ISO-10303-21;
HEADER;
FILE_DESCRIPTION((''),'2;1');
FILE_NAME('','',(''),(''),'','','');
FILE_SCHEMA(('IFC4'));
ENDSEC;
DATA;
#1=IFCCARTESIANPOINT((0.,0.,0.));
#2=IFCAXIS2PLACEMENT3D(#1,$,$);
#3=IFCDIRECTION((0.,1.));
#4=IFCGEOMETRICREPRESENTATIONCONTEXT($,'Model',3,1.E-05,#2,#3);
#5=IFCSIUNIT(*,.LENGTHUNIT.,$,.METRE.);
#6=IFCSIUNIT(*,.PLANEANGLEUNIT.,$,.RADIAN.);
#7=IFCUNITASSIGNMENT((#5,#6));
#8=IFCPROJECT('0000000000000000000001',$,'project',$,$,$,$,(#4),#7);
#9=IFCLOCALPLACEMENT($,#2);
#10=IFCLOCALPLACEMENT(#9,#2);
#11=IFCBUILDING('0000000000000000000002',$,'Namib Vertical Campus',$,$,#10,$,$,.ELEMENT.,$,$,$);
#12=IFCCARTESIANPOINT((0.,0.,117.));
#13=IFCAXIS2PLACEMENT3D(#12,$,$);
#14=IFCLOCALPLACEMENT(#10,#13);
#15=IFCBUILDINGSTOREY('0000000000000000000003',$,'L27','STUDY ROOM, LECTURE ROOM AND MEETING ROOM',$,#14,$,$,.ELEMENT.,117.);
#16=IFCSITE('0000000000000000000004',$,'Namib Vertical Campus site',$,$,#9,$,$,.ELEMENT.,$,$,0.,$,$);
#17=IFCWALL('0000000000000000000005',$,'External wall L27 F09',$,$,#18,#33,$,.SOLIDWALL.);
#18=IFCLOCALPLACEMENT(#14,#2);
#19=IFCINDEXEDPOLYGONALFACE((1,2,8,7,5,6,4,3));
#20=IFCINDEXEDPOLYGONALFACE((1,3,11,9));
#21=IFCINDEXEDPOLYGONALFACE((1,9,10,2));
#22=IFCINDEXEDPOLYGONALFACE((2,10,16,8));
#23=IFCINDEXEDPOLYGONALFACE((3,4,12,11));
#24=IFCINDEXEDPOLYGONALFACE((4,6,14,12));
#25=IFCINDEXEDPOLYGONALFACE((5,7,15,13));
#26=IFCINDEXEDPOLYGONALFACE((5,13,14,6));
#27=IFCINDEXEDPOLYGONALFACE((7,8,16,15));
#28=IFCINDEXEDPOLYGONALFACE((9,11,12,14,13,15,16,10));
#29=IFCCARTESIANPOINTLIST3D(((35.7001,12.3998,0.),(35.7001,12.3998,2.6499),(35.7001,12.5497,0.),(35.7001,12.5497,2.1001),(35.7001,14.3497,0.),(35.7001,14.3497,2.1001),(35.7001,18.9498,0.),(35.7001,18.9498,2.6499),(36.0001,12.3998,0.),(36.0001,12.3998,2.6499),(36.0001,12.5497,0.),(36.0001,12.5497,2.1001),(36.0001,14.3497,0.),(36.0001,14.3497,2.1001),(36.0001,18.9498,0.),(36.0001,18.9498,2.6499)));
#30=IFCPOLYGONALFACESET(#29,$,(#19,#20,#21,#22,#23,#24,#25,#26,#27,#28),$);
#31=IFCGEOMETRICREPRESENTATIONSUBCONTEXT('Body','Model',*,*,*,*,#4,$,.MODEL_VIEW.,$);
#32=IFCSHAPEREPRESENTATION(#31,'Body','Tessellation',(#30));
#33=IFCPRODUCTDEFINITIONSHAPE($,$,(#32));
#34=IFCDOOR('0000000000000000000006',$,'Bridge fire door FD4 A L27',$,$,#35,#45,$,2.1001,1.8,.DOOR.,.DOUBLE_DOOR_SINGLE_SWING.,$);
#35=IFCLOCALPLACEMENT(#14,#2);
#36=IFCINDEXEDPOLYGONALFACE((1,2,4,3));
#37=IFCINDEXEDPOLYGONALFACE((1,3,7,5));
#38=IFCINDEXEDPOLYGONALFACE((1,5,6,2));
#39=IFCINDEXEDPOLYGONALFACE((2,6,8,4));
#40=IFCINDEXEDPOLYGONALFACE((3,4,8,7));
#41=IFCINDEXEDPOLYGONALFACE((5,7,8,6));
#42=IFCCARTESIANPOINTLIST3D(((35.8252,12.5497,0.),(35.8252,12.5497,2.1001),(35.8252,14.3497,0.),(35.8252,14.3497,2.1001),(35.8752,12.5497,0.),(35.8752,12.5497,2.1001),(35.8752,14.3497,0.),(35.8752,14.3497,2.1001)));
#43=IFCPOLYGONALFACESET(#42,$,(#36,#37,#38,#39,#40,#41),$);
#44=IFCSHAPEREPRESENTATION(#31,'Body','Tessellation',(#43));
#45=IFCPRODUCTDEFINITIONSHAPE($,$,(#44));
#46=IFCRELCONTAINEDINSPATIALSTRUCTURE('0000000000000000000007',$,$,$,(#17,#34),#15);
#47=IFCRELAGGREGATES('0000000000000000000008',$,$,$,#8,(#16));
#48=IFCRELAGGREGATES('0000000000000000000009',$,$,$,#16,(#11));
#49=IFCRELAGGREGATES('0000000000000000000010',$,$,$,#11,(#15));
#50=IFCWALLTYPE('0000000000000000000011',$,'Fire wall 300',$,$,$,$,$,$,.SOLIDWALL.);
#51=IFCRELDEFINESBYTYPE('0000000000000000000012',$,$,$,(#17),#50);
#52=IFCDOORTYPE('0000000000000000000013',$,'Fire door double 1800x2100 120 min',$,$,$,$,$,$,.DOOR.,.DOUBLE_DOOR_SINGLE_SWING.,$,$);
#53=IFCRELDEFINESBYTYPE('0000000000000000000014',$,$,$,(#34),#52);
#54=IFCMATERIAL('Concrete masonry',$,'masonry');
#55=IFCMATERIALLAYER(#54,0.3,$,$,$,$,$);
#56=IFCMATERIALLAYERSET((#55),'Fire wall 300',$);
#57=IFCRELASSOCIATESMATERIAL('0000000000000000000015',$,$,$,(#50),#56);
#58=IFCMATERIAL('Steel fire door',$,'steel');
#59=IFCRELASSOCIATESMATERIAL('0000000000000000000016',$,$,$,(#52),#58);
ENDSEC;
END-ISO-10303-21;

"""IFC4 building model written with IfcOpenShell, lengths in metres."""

from ifc_helpers import new_model, si_unit, direction, frame, frame_2d, origin, place, context, subcontext, project, spatial, rectangle, extrude, material, layer, layer_set, type_object, element, fill, save


model = new_model("IFC4")

# Units and contexts
model_context = context("Model", 3, precision=1e-05, world=origin(), true_north=direction((0.0, 1.0)))
body_context = subcontext(model_context, "Body", "Model", "MODEL_VIEW")
ifc_project = project(units=[si_unit("LENGTHUNIT", "METRE"), si_unit("PLANEANGLEUNIT", "RADIAN")], contexts=[model_context])

# Site, building, storey
site_placement = place(None, origin())
site = spatial("IfcSite", under=ifc_project, at=site_placement, Name="Namib Vertical Campus site", CompositionType="ELEMENT", RefElevation=0.0)
building_placement = place(site_placement, origin())
building = spatial("IfcBuilding", under=site, at=building_placement, Name="Namib Vertical Campus", CompositionType="ELEMENT")
storey_placement = place(building_placement, frame((0.0, 0.0, 117.0)))
storey = spatial("IfcBuildingStorey", under=building, at=storey_placement, Name="L27", Description="STUDY ROOM, LECTURE ROOM AND MEETING ROOM", CompositionType="ELEMENT", Elevation=117.0)

# Wall, opening, door
ifc_material_1 = material(Name="Concrete masonry", Category="masonry")
ifc_layer_1 = layer(ifc_material_1, 0.3)
ifc_layer_set_1 = layer_set([ifc_layer_1], Name="Fire wall 300")
wall_type_1 = type_object("IfcWallType", Name="Fire wall 300", PredefinedType="SOLIDWALL", material=ifc_layer_set_1)
wall_1_placement = place(storey_placement, frame((35.8501, 12.3999, 0.0), z_axis=(0.0, 0.0, 1.0), x_axis=(0.0, 1.0, 0.0)))
wall_1 = element("IfcWall", 1, at=wall_1_placement, inside=storey, type_object=wall_type_1, Name="External wall L27 F09", PredefinedType="SOLIDWALL", context=body_context, shape_type="SweptSolid", body=[
    extrude(rectangle(XDim=6.55, YDim=0.3, at=frame_2d((3.2749, 0.0))), origin(), (0.0, 0.0, 1.0), 2.6499),
])
opening_1_placement = place(wall_1_placement, frame((0.1499, 0.0, 0.0)))
opening_1 = element("IfcOpeningElement", 2, at=opening_1_placement, cuts=wall_1, PredefinedType="OPENING", context=body_context, shape_type="SweptSolid", body=[
    extrude(rectangle(XDim=1.8, YDim=2.1001, at=frame_2d((0.8999, 1.05))), frame((0.0, 0.1599, 0.0), z_axis=(0.0, -1.0, 0.0), x_axis=(1.0, 0.0, 0.0)), (0.0, 0.0, 1.0), 0.3201),
])
ifc_material_2 = material(Name="Steel fire door", Category="steel")
door_type_1 = type_object("IfcDoorType", Name="Fire door double 1800x2100 120 min", OperationType="DOUBLE_DOOR_SINGLE_SWING", PredefinedType="DOOR", material=ifc_material_2)
door_1_placement = place(opening_1_placement, origin())
door_1 = element("IfcDoor", 3, at=door_1_placement, inside=storey, type_object=door_type_1, Name="Bridge fire door FD4 A L27", OperationType="DOUBLE_DOOR_SINGLE_SWING", OverallHeight=2.1001, OverallWidth=1.8, PredefinedType="DOOR", context=body_context, shape_type="SweptSolid", body=[
    extrude(rectangle(XDim=1.8, YDim=2.1001, at=frame_2d((0.8999, 1.05))), frame((0.0, 0.0249, 0.0), z_axis=(0.0, -1.0, 0.0), x_axis=(1.0, 0.0, 0.0)), (0.0, 0.0, 1.0), 0.05),
])
fill(opening_1, door_1)

save(model, "model.ifc")
